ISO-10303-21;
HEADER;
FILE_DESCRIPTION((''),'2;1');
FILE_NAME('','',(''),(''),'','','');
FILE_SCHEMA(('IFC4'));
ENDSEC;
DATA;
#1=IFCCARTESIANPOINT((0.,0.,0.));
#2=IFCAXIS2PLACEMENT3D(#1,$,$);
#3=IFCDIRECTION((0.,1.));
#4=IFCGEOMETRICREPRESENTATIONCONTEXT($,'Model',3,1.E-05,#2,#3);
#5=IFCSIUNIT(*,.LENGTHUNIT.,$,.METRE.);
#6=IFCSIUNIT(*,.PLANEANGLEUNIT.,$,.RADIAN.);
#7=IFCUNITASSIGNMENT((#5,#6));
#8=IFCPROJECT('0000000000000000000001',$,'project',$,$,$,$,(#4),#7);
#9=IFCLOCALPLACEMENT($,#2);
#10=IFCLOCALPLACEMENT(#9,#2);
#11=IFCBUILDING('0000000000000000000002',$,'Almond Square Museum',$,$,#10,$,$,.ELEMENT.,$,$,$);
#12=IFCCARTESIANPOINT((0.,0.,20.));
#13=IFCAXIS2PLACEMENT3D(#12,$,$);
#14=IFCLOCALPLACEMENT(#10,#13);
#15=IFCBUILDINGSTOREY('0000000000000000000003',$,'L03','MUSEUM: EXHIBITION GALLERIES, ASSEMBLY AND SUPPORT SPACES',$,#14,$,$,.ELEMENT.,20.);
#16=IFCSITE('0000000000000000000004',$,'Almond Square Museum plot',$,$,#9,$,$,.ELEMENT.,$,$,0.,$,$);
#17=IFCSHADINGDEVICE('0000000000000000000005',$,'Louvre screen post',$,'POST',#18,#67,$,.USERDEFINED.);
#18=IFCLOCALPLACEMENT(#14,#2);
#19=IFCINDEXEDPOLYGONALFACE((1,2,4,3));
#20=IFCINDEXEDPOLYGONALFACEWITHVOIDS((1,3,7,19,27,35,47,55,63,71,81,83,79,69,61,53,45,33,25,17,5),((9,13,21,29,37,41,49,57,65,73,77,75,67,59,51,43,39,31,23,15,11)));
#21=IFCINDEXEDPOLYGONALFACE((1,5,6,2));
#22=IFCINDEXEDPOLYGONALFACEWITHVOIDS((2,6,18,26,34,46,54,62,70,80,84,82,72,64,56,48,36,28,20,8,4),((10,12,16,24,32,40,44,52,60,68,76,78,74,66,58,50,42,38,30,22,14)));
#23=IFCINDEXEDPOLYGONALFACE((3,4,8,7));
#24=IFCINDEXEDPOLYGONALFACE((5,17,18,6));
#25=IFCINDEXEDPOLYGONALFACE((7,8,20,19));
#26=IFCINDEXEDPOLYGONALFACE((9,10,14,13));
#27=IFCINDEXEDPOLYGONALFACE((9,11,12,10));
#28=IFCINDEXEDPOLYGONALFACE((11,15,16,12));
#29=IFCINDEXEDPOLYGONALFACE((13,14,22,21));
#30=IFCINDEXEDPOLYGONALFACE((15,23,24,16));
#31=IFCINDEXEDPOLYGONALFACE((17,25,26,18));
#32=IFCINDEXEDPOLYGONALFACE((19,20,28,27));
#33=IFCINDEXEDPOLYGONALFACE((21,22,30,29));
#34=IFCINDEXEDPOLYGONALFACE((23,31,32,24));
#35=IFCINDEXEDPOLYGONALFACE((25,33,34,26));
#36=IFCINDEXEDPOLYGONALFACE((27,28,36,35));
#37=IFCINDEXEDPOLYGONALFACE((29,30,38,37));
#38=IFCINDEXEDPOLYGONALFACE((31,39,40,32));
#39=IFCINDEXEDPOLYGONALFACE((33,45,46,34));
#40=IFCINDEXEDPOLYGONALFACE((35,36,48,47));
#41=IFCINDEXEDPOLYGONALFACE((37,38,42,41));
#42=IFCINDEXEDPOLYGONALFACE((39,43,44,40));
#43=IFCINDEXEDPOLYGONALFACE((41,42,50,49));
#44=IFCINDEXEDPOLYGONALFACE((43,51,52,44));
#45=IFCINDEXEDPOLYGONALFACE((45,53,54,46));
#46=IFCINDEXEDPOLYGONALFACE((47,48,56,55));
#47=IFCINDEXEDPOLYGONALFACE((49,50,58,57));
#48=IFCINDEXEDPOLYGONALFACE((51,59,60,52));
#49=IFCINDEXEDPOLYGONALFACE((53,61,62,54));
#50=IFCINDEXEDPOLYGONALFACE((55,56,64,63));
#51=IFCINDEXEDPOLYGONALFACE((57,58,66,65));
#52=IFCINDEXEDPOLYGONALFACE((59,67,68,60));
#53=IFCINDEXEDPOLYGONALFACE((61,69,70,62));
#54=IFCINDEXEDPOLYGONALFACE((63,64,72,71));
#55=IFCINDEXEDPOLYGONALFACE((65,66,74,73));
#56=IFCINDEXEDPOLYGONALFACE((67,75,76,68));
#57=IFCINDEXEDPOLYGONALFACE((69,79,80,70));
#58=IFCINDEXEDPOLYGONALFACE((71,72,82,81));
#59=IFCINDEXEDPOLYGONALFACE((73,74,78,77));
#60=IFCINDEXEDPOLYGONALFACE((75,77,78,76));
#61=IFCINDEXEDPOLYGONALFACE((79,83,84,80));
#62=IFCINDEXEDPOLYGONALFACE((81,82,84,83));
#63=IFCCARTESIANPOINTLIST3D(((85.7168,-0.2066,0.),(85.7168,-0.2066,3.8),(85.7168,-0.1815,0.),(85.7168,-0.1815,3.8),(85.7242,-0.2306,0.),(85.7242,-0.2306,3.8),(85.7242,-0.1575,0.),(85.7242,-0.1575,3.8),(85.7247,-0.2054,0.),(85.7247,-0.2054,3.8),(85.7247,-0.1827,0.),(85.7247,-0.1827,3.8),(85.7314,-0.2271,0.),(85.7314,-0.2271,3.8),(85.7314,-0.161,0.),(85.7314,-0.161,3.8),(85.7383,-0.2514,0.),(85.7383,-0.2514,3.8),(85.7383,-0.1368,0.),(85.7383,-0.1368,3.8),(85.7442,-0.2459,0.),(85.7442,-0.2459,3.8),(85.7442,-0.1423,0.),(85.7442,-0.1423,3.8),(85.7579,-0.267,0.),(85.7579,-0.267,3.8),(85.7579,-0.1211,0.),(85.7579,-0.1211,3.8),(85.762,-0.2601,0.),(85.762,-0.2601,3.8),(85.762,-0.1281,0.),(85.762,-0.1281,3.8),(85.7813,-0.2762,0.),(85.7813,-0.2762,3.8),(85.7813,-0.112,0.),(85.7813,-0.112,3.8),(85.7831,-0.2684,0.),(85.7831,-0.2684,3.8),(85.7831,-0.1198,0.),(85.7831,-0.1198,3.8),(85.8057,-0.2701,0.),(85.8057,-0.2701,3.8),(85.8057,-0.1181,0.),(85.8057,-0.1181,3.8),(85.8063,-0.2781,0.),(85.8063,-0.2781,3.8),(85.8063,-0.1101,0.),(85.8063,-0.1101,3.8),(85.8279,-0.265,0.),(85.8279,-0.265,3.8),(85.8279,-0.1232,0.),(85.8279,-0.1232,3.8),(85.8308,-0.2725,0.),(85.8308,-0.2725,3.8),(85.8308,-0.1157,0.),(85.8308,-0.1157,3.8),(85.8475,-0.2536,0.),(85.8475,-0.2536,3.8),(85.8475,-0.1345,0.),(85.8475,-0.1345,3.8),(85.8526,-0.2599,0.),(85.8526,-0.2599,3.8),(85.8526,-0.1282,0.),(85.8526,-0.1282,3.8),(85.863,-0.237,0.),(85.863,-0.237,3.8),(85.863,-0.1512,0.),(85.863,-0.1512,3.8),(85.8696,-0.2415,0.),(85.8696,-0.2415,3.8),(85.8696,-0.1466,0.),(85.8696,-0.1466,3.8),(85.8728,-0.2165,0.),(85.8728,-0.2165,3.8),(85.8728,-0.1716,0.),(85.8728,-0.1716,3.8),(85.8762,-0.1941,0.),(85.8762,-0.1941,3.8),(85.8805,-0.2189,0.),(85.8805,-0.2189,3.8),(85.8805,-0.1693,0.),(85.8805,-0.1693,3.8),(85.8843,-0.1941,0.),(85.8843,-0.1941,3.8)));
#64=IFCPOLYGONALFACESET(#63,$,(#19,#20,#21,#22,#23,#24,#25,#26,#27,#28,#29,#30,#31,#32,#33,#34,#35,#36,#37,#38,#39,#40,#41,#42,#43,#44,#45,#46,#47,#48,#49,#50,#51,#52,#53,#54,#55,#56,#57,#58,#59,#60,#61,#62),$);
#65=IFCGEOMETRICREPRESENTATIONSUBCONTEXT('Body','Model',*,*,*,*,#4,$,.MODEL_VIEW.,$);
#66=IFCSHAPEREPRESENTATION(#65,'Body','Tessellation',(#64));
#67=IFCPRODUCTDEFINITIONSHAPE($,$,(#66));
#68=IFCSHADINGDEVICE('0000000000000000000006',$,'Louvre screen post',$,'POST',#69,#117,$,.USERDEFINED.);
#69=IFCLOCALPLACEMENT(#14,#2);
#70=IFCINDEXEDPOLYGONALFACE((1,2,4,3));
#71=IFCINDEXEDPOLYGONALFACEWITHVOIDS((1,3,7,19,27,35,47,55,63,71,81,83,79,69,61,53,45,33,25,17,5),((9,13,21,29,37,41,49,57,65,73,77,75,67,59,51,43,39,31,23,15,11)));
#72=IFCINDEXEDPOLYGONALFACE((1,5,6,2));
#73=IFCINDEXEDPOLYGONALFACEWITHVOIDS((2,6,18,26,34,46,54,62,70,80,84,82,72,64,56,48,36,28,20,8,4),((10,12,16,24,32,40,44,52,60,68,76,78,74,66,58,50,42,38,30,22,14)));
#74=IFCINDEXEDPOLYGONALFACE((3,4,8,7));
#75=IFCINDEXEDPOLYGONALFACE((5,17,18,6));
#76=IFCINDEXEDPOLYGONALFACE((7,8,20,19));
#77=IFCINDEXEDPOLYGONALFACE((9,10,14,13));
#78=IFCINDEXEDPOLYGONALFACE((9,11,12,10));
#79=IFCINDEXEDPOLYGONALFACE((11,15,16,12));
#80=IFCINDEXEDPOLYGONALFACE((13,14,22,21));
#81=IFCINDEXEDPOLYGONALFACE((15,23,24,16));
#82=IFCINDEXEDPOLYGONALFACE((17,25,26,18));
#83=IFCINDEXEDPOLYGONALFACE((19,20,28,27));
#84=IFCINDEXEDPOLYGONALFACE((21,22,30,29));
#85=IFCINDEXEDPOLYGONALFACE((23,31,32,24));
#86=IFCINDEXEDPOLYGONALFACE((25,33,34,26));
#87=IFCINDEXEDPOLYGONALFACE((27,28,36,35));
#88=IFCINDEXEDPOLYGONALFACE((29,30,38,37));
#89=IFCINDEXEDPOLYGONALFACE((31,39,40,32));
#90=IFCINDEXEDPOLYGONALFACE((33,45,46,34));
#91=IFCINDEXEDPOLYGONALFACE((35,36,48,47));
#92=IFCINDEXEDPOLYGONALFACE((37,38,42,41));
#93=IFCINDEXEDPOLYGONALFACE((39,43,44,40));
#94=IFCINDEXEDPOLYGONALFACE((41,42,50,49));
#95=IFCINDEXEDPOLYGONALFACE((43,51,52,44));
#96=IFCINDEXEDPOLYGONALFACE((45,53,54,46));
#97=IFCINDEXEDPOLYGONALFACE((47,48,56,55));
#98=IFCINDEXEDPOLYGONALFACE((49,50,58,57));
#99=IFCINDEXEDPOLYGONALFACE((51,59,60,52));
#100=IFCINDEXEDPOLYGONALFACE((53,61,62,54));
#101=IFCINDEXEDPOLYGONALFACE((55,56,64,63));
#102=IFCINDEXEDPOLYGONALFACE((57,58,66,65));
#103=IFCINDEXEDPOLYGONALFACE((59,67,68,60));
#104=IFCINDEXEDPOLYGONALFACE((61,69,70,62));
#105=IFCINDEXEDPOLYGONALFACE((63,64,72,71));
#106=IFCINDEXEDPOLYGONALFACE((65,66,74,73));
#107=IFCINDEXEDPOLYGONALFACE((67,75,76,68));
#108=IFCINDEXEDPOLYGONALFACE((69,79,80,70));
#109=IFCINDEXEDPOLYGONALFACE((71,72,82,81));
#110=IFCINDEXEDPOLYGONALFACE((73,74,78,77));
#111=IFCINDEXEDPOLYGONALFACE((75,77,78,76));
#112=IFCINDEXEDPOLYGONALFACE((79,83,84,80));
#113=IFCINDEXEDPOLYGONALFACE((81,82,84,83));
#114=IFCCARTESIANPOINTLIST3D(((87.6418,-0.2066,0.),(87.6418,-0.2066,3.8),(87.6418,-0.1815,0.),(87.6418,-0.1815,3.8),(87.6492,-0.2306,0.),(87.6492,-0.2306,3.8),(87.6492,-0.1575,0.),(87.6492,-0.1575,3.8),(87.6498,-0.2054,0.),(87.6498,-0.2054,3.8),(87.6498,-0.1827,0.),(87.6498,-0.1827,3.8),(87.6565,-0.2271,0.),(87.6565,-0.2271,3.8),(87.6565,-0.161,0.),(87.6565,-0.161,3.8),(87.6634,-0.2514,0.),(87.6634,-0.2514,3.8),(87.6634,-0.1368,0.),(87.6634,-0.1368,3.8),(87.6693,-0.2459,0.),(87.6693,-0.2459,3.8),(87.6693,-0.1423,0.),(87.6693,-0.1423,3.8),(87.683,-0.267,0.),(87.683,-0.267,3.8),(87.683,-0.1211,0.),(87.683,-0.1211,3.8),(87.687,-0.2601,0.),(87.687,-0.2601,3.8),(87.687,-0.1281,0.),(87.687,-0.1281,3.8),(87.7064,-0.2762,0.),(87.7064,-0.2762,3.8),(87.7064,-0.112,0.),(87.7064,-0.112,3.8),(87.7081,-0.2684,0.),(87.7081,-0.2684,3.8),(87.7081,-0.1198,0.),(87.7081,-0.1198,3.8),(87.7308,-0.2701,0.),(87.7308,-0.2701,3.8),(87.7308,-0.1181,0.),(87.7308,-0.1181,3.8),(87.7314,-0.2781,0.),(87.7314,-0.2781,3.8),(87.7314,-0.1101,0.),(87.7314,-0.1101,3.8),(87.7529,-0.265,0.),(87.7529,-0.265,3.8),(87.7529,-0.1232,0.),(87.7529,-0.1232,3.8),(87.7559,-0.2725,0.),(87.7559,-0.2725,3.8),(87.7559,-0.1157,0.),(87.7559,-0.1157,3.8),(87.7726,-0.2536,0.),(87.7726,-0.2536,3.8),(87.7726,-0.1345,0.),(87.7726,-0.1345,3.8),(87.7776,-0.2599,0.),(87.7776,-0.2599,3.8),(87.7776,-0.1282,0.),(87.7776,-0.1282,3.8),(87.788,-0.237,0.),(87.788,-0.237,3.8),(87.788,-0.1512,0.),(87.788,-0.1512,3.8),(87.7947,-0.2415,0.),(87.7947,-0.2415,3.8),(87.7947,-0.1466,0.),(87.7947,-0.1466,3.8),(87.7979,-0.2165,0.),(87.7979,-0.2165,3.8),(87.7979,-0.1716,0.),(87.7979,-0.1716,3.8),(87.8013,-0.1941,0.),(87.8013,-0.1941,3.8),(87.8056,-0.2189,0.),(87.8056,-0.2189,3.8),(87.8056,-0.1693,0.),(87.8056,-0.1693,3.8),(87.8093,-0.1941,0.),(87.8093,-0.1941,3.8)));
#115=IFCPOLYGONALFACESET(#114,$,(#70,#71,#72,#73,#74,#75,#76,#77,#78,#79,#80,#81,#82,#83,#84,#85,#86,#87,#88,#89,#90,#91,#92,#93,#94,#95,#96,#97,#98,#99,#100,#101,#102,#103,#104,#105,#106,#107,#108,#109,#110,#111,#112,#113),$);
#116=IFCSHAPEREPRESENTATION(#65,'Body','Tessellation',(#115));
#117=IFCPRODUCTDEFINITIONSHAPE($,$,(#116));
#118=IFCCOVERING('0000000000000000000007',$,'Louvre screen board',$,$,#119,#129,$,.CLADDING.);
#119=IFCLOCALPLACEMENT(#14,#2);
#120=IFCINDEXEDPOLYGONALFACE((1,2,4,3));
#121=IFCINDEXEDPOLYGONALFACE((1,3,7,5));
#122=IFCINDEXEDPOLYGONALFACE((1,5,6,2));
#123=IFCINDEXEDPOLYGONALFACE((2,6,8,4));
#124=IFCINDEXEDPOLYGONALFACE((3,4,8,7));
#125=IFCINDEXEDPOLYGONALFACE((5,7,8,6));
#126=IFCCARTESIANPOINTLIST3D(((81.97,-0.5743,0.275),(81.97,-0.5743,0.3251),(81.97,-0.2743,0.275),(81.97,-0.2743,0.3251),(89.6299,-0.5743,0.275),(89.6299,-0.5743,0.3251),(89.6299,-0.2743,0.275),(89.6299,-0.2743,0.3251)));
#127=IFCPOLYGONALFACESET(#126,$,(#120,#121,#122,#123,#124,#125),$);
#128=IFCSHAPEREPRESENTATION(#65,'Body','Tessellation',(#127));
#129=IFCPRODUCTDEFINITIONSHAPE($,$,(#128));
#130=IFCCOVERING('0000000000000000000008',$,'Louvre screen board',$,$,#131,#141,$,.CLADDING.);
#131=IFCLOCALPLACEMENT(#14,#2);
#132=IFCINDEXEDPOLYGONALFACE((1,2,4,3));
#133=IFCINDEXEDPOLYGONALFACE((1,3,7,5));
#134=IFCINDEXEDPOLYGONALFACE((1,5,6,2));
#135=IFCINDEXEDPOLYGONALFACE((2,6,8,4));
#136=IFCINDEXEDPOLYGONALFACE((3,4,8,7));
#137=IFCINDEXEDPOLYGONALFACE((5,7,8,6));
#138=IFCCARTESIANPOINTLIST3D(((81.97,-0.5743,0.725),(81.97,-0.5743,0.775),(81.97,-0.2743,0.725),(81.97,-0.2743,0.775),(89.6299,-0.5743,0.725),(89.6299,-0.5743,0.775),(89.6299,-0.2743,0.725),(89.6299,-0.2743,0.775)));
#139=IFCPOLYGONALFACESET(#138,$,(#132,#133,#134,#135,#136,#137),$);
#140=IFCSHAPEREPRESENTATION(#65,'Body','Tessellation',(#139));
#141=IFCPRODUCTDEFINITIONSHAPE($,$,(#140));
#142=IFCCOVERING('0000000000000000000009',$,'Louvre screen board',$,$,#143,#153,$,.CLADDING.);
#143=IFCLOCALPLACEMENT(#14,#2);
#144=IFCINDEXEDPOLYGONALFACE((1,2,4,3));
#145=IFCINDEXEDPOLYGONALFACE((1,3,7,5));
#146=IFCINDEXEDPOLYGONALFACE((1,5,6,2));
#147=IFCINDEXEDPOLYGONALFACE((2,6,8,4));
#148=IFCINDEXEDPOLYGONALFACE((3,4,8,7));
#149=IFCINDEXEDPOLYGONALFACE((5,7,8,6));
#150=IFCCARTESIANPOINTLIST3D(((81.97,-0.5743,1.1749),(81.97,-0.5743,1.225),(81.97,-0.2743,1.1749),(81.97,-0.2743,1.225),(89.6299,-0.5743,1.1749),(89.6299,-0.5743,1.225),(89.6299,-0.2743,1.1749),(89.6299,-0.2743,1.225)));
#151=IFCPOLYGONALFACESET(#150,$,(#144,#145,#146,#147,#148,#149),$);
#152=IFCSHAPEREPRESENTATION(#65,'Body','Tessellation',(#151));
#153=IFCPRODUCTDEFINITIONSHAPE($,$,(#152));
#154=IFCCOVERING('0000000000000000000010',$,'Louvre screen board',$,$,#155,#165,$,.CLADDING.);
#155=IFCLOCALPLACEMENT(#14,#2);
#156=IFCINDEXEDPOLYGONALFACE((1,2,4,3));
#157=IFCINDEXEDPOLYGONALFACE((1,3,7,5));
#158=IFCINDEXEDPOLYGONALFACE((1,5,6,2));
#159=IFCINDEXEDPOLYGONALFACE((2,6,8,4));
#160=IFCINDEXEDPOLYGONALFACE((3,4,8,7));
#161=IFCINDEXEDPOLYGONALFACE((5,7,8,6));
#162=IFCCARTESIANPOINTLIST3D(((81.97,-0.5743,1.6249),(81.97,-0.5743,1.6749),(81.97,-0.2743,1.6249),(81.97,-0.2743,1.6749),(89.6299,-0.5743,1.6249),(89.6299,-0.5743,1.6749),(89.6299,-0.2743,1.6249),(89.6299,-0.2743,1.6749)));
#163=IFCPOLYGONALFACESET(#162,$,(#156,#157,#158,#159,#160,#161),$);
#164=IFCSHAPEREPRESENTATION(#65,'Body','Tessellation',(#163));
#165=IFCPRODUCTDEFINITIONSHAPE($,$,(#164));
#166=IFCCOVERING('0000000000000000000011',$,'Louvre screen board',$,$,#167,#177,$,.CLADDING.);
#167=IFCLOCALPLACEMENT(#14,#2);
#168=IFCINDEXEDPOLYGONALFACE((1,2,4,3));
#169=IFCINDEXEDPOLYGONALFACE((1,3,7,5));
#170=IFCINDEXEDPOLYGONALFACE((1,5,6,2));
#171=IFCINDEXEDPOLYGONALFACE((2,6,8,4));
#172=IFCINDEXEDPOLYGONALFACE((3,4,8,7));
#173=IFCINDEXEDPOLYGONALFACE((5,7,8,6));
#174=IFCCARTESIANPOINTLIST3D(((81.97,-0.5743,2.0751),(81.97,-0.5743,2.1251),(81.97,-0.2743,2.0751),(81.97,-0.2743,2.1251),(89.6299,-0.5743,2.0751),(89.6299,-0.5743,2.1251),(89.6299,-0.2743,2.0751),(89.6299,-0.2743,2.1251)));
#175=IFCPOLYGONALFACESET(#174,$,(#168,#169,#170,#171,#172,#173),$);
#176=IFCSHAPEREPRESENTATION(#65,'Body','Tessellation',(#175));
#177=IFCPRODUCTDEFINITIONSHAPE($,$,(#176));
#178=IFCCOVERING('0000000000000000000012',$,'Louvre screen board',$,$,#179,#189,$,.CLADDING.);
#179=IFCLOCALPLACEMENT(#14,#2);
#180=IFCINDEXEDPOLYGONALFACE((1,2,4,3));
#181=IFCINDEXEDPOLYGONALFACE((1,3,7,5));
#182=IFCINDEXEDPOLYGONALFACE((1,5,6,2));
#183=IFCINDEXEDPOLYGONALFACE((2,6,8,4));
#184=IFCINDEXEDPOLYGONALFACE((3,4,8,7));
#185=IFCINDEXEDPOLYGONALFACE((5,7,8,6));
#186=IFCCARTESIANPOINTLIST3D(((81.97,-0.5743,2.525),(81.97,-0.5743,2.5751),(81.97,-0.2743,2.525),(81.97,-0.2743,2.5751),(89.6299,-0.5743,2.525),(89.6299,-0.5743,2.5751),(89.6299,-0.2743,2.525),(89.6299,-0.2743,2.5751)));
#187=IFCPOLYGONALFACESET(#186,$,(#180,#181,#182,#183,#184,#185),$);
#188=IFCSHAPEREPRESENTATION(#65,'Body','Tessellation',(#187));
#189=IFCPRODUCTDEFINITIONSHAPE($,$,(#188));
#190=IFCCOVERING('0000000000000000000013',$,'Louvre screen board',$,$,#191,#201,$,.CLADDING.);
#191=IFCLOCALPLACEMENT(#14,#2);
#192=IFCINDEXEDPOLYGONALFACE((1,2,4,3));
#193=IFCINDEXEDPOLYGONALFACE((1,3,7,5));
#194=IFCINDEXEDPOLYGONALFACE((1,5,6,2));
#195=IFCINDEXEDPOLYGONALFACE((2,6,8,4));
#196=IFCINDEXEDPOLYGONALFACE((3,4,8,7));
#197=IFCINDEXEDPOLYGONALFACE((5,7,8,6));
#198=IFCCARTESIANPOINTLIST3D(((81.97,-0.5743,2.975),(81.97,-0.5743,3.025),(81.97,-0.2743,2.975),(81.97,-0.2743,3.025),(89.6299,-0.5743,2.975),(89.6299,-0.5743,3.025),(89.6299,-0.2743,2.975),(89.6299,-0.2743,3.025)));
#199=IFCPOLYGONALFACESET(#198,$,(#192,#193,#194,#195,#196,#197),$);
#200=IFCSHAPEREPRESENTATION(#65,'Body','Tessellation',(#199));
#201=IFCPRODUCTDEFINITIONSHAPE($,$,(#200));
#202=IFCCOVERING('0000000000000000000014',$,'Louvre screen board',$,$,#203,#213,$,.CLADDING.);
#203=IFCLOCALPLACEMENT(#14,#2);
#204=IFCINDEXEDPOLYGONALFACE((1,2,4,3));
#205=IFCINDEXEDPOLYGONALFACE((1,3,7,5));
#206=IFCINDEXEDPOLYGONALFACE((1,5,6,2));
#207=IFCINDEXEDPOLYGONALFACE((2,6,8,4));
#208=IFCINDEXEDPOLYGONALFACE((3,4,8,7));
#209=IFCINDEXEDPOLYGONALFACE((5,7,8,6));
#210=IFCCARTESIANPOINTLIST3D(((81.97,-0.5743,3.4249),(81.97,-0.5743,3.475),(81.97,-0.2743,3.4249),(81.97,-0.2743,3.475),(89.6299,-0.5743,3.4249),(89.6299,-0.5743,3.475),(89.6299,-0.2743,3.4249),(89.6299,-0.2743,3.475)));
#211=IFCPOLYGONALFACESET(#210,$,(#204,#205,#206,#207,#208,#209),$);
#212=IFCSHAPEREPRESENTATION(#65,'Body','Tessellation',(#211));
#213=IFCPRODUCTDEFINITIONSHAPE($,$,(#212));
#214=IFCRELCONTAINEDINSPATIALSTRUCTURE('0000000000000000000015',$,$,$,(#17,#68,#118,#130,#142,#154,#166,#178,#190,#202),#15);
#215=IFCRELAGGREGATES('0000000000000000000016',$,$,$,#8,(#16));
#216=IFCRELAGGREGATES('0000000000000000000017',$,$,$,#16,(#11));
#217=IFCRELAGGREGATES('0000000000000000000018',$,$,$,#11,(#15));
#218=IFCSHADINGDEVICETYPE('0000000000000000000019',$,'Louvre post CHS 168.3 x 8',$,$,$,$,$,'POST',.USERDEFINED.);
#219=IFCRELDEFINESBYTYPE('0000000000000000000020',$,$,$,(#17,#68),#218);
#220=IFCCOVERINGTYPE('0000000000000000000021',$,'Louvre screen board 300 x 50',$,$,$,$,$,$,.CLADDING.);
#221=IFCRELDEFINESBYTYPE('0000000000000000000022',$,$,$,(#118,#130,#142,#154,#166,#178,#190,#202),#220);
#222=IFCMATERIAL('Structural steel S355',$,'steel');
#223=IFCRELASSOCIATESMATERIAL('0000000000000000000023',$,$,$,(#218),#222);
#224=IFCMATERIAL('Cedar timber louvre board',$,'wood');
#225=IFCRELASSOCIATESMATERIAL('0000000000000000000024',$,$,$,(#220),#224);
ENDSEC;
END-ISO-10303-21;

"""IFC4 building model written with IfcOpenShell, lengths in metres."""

from ifc_helpers import new_model, si_unit, direction, frame, origin, origin_2d, place, context, subcontext, project, spatial, rectangle, hollow_circle, extrude, material, material_profile, profile_set, type_object, element, save


model = new_model("IFC4")

# Units and contexts
model_context = context("Model", 3, precision=1e-05, world=origin(), true_north=direction((0.0, 1.0)))
body_context = subcontext(model_context, "Body", "Model", "MODEL_VIEW")
ifc_project = project(units=[si_unit("LENGTHUNIT", "METRE"), si_unit("PLANEANGLEUNIT", "RADIAN")], contexts=[model_context])

# Site, building, storey
site_placement = place(None, origin())
site = spatial("IfcSite", under=ifc_project, at=site_placement, Name="Almond Square Museum plot", CompositionType="ELEMENT", RefElevation=0.0)
building_placement = place(site_placement, origin())
building = spatial("IfcBuilding", under=site, at=building_placement, Name="Almond Square Museum", CompositionType="ELEMENT")
storey_placement = place(building_placement, frame((0.0, 0.0, 20.0)))
storey = spatial("IfcBuildingStorey", under=building, at=storey_placement, Name="L03", Description="MUSEUM: EXHIBITION GALLERIES, ASSEMBLY AND SUPPORT SPACES", CompositionType="ELEMENT", Elevation=20.0)

# Shading devices
ifc_material_1 = material(Name="Structural steel S355", Category="steel")
ifc_material_profile_1 = material_profile(ifc_material_1, hollow_circle(Radius=0.0842, WallThickness=0.0081, at=origin_2d()))
ifc_profile_set_1 = profile_set([ifc_material_profile_1], Name="Structural steel S355")
shading_device_type = type_object("IfcShadingDeviceType", Name="Louvre post CHS 168.3 x 8", ElementType="POST", PredefinedType="USERDEFINED", material=ifc_profile_set_1)
for number, where, z_axis, x_axis, name in (
    (1, (85.8, -0.1941, 0.0), (0.0, 0.0, 1.0), (1.0, 0.0, 0.0), "Louvre screen post"),
    (2, (87.7251, -0.1941, 0.0), (0.0, 0.0, 1.0), (1.0, 0.0, 0.0), "Louvre screen post"),
):
    element("IfcShadingDevice", number, at=place(storey_placement, frame(where, z_axis=z_axis, x_axis=x_axis)), inside=storey, type_object=shading_device_type, Name=name, ObjectType="POST", PredefinedType="USERDEFINED", context=body_context, shape_type="SweptSolid", body=[
        extrude(hollow_circle(Radius=0.0842, WallThickness=0.0081, at=origin_2d()), origin(), (0.0, 0.0, 1.0), 3.8),
    ])

# Coverings
ifc_material_2 = material(Name="Cedar timber louvre board", Category="wood")
ifc_material_profile_2 = material_profile(ifc_material_2, rectangle(XDim=0.3, YDim=0.05, at=origin_2d()))
ifc_profile_set_2 = profile_set([ifc_material_profile_2], Name="Cedar timber louvre board")
covering_type = type_object("IfcCoveringType", Name="Louvre screen board 300 x 50", PredefinedType="CLADDING", material=ifc_profile_set_2)
for number, where, z_axis, x_axis, name in (
    (3, (81.97, -0.4243, 0.3), (1.0, 0.0, 0.0), (0.0, 1.0, 0.0), "Louvre screen board"),
    (4, (81.97, -0.4243, 0.75), (1.0, 0.0, 0.0), (0.0, 1.0, 0.0), "Louvre screen board"),
    (5, (81.97, -0.4243, 1.2), (1.0, 0.0, 0.0), (0.0, 1.0, 0.0), "Louvre screen board"),
    (6, (81.97, -0.4243, 1.6499), (1.0, 0.0, 0.0), (0.0, 1.0, 0.0), "Louvre screen board"),
    (7, (81.97, -0.4243, 2.1001), (1.0, 0.0, 0.0), (0.0, 1.0, 0.0), "Louvre screen board"),
    (8, (81.97, -0.4243, 2.55), (1.0, 0.0, 0.0), (0.0, 1.0, 0.0), "Louvre screen board"),
    (9, (81.97, -0.4243, 3.0), (1.0, 0.0, 0.0), (0.0, 1.0, 0.0), "Louvre screen board"),
    (10, (81.97, -0.4243, 3.45), (1.0, 0.0, 0.0), (0.0, 1.0, 0.0), "Louvre screen board"),
):
    element("IfcCovering", number, at=place(storey_placement, frame(where, z_axis=z_axis, x_axis=x_axis)), inside=storey, type_object=covering_type, Name=name, PredefinedType="CLADDING", context=body_context, shape_type="SweptSolid", body=[
        extrude(rectangle(XDim=0.3, YDim=0.05, at=origin_2d()), origin(), (0.0, 0.0, 1.0), 7.6599),
    ])

save(model, "model.ifc")
